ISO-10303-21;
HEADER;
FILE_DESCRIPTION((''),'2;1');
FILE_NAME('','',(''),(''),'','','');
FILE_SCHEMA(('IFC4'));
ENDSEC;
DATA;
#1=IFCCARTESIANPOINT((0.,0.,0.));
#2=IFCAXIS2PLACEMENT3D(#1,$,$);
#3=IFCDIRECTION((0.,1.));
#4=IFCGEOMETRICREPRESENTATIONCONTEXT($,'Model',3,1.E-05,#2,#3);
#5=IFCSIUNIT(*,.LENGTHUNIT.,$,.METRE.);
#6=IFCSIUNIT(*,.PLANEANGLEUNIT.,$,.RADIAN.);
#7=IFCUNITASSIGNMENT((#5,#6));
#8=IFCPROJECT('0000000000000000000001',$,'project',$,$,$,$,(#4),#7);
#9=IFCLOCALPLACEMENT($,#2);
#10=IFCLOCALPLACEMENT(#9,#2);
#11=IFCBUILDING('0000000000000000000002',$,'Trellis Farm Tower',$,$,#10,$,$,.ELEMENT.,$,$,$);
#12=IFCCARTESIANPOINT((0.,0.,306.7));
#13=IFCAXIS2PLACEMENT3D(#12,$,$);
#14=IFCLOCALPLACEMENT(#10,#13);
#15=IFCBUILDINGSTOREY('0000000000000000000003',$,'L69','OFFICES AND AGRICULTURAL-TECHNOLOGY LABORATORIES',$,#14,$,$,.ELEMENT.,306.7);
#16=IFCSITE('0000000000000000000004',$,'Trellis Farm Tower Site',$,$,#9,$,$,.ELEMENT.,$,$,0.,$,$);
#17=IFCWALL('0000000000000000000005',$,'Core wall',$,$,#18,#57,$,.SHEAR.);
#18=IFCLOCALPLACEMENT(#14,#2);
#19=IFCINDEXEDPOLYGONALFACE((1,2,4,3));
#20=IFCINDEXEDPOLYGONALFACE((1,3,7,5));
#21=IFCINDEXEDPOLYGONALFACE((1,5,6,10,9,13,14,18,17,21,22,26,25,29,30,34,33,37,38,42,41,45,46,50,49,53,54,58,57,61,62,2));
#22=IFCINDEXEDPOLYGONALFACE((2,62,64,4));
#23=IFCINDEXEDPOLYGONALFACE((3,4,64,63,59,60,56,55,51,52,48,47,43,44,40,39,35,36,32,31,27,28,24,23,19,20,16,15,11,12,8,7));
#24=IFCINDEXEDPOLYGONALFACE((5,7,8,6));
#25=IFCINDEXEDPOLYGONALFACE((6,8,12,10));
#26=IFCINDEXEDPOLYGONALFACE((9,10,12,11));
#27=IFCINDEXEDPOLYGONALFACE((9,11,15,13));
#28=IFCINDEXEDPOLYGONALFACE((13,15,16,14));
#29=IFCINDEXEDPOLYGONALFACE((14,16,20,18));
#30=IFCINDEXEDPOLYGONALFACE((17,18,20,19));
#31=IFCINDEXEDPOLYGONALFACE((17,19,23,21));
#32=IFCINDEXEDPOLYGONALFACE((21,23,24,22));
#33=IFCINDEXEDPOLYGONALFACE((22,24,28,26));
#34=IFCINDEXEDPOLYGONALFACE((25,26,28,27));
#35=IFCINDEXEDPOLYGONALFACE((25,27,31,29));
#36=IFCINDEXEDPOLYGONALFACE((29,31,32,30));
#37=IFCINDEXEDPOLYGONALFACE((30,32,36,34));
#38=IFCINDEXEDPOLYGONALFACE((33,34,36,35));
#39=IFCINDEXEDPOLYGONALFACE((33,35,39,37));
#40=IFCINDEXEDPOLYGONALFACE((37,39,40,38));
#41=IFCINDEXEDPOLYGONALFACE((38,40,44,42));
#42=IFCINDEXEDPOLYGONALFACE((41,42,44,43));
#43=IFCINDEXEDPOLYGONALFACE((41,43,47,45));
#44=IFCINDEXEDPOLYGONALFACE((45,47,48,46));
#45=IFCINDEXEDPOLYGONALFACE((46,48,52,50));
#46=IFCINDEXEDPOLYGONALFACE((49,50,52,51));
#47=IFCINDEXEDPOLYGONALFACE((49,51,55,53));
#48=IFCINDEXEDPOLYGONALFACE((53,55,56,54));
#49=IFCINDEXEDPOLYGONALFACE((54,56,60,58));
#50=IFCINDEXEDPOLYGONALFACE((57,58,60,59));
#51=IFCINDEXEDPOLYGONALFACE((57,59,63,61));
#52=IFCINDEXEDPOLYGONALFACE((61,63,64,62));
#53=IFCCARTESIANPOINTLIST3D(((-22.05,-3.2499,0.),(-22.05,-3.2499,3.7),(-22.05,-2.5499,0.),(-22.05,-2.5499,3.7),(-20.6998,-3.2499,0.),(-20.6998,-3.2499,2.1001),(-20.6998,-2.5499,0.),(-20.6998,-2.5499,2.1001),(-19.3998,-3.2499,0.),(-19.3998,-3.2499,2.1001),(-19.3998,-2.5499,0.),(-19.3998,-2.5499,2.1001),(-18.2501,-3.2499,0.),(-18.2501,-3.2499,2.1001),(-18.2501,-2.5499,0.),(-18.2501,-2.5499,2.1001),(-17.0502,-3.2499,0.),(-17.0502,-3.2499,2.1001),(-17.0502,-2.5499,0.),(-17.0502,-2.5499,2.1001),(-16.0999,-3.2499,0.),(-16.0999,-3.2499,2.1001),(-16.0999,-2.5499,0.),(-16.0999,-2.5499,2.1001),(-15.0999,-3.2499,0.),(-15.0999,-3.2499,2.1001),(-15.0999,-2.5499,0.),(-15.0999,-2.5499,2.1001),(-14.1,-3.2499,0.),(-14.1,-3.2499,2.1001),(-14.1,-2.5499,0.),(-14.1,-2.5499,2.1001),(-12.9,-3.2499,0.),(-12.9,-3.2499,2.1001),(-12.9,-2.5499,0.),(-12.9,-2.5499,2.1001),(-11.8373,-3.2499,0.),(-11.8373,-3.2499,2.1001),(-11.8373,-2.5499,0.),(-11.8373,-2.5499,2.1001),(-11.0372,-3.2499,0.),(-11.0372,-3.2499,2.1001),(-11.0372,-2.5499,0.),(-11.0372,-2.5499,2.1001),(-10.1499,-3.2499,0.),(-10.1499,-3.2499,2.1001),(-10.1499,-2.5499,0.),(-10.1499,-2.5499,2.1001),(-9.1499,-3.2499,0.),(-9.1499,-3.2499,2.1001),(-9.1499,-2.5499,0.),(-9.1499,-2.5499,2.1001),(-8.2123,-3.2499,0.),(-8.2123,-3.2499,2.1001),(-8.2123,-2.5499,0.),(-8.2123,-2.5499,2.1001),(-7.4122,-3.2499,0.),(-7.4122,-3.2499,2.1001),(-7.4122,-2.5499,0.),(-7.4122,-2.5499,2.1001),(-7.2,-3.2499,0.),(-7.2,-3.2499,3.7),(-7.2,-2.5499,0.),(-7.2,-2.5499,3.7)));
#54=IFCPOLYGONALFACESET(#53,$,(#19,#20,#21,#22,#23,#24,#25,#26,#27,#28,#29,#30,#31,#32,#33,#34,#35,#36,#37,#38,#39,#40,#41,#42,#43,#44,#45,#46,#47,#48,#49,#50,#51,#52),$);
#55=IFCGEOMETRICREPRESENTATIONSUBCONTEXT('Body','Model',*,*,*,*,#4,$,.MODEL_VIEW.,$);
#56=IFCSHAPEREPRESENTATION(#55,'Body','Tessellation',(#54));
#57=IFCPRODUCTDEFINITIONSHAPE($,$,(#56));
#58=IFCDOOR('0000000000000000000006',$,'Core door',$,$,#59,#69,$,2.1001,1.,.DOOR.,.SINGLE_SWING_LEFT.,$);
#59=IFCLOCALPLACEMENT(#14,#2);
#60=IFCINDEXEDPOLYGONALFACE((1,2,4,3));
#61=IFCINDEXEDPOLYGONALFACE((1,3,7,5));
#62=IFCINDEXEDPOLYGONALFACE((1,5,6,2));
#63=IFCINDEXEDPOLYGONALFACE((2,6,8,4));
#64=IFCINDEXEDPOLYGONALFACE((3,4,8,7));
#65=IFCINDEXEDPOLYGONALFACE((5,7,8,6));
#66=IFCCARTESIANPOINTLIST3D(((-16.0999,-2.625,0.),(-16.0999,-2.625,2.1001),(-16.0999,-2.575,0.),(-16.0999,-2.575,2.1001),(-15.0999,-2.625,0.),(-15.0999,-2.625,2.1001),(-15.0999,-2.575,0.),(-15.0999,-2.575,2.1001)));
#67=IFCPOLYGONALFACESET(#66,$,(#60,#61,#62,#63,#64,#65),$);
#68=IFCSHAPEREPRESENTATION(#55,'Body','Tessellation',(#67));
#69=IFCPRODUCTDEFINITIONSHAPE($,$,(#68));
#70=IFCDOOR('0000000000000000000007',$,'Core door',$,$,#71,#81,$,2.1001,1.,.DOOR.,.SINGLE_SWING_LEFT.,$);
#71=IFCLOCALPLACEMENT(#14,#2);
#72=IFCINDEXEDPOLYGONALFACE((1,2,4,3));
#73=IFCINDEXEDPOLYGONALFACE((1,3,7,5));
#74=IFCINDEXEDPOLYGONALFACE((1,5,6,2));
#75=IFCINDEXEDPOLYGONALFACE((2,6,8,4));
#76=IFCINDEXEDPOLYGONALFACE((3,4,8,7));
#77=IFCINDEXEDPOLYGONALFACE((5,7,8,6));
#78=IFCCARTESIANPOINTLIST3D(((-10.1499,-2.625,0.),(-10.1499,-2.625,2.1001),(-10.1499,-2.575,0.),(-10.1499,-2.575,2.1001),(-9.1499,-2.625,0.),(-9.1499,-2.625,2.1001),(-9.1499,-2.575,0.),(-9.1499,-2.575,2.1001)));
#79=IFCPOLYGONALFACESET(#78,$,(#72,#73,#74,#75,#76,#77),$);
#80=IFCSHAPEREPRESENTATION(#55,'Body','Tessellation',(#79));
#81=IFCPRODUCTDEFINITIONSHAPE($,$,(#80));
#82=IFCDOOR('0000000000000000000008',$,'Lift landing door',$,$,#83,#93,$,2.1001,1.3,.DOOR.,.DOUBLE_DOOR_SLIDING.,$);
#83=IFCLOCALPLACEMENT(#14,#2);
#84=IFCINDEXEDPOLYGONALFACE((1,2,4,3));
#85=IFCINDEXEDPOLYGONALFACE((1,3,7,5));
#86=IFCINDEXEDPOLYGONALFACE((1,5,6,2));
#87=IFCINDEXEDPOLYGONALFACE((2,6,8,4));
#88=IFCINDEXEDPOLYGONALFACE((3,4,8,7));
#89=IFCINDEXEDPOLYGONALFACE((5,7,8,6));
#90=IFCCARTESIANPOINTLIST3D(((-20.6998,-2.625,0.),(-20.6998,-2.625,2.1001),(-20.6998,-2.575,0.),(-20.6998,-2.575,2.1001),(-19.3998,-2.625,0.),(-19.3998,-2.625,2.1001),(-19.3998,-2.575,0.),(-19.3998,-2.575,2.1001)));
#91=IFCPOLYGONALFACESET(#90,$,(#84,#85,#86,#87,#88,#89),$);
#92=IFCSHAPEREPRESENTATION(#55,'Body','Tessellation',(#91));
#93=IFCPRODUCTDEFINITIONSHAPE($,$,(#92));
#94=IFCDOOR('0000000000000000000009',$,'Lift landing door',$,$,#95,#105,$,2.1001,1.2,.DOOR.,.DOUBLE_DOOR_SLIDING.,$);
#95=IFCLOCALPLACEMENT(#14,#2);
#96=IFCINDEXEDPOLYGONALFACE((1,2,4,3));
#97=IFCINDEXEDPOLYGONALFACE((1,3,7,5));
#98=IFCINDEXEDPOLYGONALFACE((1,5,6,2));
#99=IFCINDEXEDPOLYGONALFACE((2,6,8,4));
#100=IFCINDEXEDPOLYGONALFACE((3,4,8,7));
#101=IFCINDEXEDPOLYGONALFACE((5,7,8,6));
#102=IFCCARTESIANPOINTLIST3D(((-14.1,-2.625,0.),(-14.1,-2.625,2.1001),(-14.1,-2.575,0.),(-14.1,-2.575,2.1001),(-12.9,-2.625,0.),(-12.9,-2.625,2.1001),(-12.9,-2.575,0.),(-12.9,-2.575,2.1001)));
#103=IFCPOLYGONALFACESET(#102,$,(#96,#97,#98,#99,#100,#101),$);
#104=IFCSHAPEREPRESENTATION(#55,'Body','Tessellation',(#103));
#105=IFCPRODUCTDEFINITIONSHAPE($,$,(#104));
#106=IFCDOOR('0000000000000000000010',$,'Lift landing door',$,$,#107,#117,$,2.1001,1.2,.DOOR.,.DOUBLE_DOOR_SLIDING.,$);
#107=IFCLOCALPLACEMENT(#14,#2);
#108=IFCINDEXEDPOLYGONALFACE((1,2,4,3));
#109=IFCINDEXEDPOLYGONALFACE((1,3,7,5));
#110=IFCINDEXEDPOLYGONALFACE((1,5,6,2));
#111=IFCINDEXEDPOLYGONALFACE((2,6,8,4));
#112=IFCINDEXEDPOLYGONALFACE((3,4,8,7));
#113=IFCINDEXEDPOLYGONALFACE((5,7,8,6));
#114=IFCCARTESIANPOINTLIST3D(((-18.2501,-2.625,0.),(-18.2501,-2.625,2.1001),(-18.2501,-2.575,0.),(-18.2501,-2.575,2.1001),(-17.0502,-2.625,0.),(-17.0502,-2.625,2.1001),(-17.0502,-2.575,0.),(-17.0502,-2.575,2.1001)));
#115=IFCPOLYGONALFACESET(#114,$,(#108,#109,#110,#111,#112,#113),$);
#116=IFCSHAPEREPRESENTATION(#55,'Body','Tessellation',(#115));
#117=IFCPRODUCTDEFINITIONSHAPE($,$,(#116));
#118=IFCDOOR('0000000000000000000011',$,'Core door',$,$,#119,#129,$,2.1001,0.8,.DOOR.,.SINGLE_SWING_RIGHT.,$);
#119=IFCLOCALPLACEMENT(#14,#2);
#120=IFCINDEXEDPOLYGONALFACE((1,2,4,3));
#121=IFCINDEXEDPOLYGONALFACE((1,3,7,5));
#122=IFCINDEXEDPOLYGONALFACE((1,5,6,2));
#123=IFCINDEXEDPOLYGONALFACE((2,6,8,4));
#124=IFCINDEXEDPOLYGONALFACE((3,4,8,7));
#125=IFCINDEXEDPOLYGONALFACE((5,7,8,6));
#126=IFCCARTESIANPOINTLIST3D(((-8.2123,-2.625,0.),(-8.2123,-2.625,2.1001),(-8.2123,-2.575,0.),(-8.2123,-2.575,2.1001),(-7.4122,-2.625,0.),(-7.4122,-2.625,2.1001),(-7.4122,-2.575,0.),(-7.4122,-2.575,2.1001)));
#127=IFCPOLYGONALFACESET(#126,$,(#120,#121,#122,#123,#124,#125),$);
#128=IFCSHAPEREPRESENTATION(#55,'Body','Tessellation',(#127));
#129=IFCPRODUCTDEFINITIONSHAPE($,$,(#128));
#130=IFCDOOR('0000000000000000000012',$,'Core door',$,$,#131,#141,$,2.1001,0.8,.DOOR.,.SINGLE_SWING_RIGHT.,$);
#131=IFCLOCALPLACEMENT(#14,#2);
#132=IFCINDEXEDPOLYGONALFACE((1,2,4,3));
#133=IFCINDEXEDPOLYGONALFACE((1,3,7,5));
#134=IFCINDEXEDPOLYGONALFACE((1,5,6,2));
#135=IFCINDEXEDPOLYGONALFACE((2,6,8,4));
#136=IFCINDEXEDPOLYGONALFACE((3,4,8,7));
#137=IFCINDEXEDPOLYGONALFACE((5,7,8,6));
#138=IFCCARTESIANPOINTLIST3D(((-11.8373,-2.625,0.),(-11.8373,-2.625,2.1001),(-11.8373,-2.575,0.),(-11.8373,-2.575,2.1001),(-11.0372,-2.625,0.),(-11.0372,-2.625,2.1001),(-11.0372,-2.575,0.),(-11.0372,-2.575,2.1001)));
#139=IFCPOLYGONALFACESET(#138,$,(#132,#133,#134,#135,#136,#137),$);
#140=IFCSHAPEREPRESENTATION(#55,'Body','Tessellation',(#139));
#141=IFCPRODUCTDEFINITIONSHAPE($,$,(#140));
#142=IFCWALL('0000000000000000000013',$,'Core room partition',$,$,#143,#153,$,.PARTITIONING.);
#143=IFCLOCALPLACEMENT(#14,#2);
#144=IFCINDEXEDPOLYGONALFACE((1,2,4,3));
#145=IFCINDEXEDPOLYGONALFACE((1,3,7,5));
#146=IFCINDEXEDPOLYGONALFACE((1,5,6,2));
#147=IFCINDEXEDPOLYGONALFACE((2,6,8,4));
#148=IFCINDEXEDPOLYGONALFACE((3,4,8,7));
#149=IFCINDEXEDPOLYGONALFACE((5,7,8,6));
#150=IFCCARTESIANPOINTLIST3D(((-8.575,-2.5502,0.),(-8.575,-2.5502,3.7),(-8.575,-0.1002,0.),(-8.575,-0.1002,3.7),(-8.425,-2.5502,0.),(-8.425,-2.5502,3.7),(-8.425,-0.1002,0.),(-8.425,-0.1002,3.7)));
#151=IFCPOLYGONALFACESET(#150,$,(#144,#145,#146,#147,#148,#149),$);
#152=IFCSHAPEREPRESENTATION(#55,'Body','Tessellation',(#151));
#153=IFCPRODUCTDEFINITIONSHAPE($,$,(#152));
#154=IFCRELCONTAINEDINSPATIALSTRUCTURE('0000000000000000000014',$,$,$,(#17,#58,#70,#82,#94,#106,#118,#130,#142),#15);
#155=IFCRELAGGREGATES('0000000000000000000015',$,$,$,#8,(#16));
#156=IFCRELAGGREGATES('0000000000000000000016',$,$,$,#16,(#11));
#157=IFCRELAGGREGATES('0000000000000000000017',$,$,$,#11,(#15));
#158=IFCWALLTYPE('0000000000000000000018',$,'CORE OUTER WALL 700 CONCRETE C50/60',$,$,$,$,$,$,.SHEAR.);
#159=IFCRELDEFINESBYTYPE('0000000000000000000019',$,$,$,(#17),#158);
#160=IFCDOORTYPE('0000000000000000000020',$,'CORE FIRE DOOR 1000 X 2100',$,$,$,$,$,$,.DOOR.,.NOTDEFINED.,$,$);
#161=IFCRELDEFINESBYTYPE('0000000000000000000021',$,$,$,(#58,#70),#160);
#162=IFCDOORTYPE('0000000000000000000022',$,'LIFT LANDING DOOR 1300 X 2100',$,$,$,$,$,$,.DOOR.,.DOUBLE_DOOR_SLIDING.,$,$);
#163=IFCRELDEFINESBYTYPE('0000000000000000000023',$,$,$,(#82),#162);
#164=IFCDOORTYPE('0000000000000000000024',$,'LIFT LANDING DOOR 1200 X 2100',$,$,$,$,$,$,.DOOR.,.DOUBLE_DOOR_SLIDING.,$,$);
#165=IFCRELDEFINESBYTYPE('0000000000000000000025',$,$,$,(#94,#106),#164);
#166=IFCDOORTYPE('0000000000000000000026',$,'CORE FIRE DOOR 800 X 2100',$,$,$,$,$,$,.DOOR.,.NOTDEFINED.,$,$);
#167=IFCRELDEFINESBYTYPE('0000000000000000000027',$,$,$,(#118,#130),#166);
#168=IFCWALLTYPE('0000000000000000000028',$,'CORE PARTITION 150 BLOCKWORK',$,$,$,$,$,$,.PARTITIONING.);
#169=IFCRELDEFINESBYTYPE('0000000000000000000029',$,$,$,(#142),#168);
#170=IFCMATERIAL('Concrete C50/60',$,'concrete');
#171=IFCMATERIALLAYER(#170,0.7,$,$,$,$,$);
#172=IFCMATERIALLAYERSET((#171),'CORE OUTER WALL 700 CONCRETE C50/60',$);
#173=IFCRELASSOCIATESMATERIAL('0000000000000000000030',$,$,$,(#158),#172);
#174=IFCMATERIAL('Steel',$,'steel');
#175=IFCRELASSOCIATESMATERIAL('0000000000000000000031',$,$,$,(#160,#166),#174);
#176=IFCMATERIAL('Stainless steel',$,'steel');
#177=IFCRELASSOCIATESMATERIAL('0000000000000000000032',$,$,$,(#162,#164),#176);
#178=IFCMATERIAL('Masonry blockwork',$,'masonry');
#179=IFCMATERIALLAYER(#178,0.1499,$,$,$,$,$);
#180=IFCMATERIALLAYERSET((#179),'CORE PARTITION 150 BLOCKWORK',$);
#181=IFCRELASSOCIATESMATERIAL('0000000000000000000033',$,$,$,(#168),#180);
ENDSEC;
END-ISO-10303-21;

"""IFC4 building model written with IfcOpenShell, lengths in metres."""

from ifc_helpers import new_model, si_unit, direction, frame, frame_2d, origin, place, context, subcontext, project, spatial, rectangle, extrude, source, transform, mapped, material, layer, layer_set, type_object, element, fill, save


model = new_model("IFC4")

# Units and contexts
model_context = context("Model", 3, precision=1e-05, world=origin(), true_north=direction((0.0, 1.0)))
body_context = subcontext(model_context, "Body", "Model", "MODEL_VIEW")
ifc_project = project(units=[si_unit("LENGTHUNIT", "METRE"), si_unit("PLANEANGLEUNIT", "RADIAN")], contexts=[model_context])

# Site, building, storey
site_placement = place(None, origin())
site = spatial("IfcSite", under=ifc_project, at=site_placement, Name="Trellis Farm Tower Site", CompositionType="ELEMENT", RefElevation=0.0)
building_placement = place(site_placement, origin())
building = spatial("IfcBuilding", under=site, at=building_placement, Name="Trellis Farm Tower", CompositionType="ELEMENT")
storey_placement = place(building_placement, frame((0.0, 0.0, 306.7)))
storey = spatial("IfcBuildingStorey", under=building, at=storey_placement, Name="L69", Description="OFFICES AND AGRICULTURAL-TECHNOLOGY LABORATORIES", CompositionType="ELEMENT", Elevation=306.7)

# Wall, openings, doors
ifc_material_1 = material(Name="Concrete C50/60", Category="concrete")
ifc_layer_1 = layer(ifc_material_1, 0.7)
ifc_layer_set_1 = layer_set([ifc_layer_1], Name="CORE OUTER WALL 700 CONCRETE C50/60")
wall_type_1 = type_object("IfcWallType", Name="CORE OUTER WALL 700 CONCRETE C50/60", PredefinedType="SHEAR", material=ifc_layer_set_1)
shared_shape_1 = source(origin(), body_context, "Body", "SweptSolid", [
    extrude(rectangle(XDim=14.8501, YDim=0.7, at=frame_2d((7.425, 0.0))), origin(), (0.0, 0.0, 1.0), 3.7),
])
wall_1_placement = place(storey_placement, frame((-7.2, -2.8999, 0.0), z_axis=(0.0, 0.0, 1.0), x_axis=(-1.0, 0.0, 0.0)))
wall_1 = element("IfcWall", 1, at=wall_1_placement, inside=storey, type_object=wall_type_1, Name="Core wall", PredefinedType="SHEAR", context=body_context, shape_type="MappedRepresentation", body=[
    mapped(shared_shape_1, transform((0.0, 0.0, 0.0))),
])
shared_shape_2 = source(origin(), body_context, "Body", "SweptSolid", [
    extrude(rectangle(XDim=1.2, YDim=2.1001, at=frame_2d((0.6001, 1.05))), frame((0.0, 0.3601, 0.0), z_axis=(0.0, -1.0, 0.0), x_axis=(1.0, 0.0, 0.0)), (0.0, 0.0, 1.0), 0.7202),
])
opening_1_placement = place(wall_1_placement, frame((5.7, 0.0, 0.0)))
opening_1 = element("IfcOpeningElement", 2, at=opening_1_placement, cuts=wall_1, PredefinedType="OPENING", context=body_context, shape_type="MappedRepresentation", body=[
    mapped(shared_shape_2, transform((0.0, 0.0, 0.0))),
])
shared_shape_3 = source(origin(), body_context, "Body", "SweptSolid", [
    extrude(rectangle(XDim=1.3, YDim=2.1001, at=frame_2d((0.6499, 1.05))), frame((0.0, 0.3601, 0.0), z_axis=(0.0, -1.0, 0.0), x_axis=(1.0, 0.0, 0.0)), (0.0, 0.0, 1.0), 0.7202),
])
opening_2_placement = place(wall_1_placement, frame((12.2, 0.0, 0.0)))
opening_2 = element("IfcOpeningElement", 3, at=opening_2_placement, cuts=wall_1, PredefinedType="OPENING", context=body_context, shape_type="MappedRepresentation", body=[
    mapped(shared_shape_3, transform((0.0, 0.0, 0.0))),
])
opening_3_placement = place(wall_1_placement, frame((9.8501, 0.0, 0.0)))
opening_3 = element("IfcOpeningElement", 4, at=opening_3_placement, cuts=wall_1, PredefinedType="OPENING", context=body_context, shape_type="MappedRepresentation", body=[
    mapped(shared_shape_2, transform((0.0, 0.0, 0.0))),
])
shared_shape_4 = source(origin(), body_context, "Body", "SweptSolid", [
    extrude(rectangle(XDim=1.0, YDim=2.1001, at=frame_2d((0.5, 1.05))), frame((0.0, 0.3601, 0.0), z_axis=(0.0, -1.0, 0.0), x_axis=(1.0, 0.0, 0.0)), (0.0, 0.0, 1.0), 0.7202),
])
opening_4_placement = place(wall_1_placement, frame((7.8999, 0.0, 0.0)))
opening_4 = element("IfcOpeningElement", 5, at=opening_4_placement, cuts=wall_1, PredefinedType="OPENING", context=body_context, shape_type="MappedRepresentation", body=[
    mapped(shared_shape_4, transform((0.0, 0.0, 0.0))),
])
shared_shape_5 = source(origin(), body_context, "Body", "SweptSolid", [
    extrude(rectangle(XDim=0.8, YDim=2.1001, at=frame_2d((0.3999, 1.05))), frame((0.0, 0.3601, 0.0), z_axis=(0.0, -1.0, 0.0), x_axis=(1.0, 0.0, 0.0)), (0.0, 0.0, 1.0), 0.7202),
])
opening_5_placement = place(wall_1_placement, frame((0.2124, 0.0, 0.0)))
opening_5 = element("IfcOpeningElement", 6, at=opening_5_placement, cuts=wall_1, PredefinedType="OPENING", context=body_context, shape_type="MappedRepresentation", body=[
    mapped(shared_shape_5, transform((0.0, 0.0, 0.0))),
])
opening_6_placement = place(wall_1_placement, frame((1.95, 0.0, 0.0)))
opening_6 = element("IfcOpeningElement", 7, at=opening_6_placement, cuts=wall_1, PredefinedType="OPENING", context=body_context, shape_type="MappedRepresentation", body=[
    mapped(shared_shape_4, transform((0.0, 0.0, 0.0))),
])
opening_7_placement = place(wall_1_placement, frame((3.8374, 0.0, 0.0)))
opening_7 = element("IfcOpeningElement", 8, at=opening_7_placement, cuts=wall_1, PredefinedType="OPENING", context=body_context, shape_type="MappedRepresentation", body=[
    mapped(shared_shape_5, transform((0.0, 0.0, 0.0))),
])
ifc_material_2 = material(Name="Steel", Category="steel")
door_type_1 = type_object("IfcDoorType", Name="CORE FIRE DOOR 1000 X 2100", OperationType="NOTDEFINED", PredefinedType="DOOR", material=ifc_material_2)
shared_shape_6 = source(origin(), body_context, "Body", "SweptSolid", [
    extrude(rectangle(XDim=1.0, YDim=2.1001, at=frame_2d((0.5, 1.05))), frame((0.0, -0.2749, 0.0), z_axis=(0.0, -1.0, 0.0), x_axis=(1.0, 0.0, 0.0)), (0.0, 0.0, 1.0), 0.05),
])
door_1_placement = place(opening_4_placement, origin())
door_1 = element("IfcDoor", 9, at=door_1_placement, inside=storey, type_object=door_type_1, Name="Core door", OperationType="SINGLE_SWING_LEFT", OverallHeight=2.1001, OverallWidth=1.0, PredefinedType="DOOR", context=body_context, shape_type="MappedRepresentation", body=[
    mapped(shared_shape_6, transform((0.0, 0.0, 0.0))),
])
fill(opening_4, door_1)
door_2_placement = place(opening_6_placement, origin())
door_2 = element("IfcDoor", 10, at=door_2_placement, inside=storey, type_object=door_type_1, Name="Core door", OperationType="SINGLE_SWING_LEFT", OverallHeight=2.1001, OverallWidth=1.0, PredefinedType="DOOR", context=body_context, shape_type="MappedRepresentation", body=[
    mapped(shared_shape_6, transform((0.0, 0.0, 0.0))),
])
fill(opening_6, door_2)
ifc_material_3 = material(Name="Stainless steel", Category="steel")
door_type_2 = type_object("IfcDoorType", Name="LIFT LANDING DOOR 1300 X 2100", OperationType="DOUBLE_DOOR_SLIDING", PredefinedType="DOOR", material=ifc_material_3)
shared_shape_7 = source(origin(), body_context, "Body", "SweptSolid", [
    extrude(rectangle(XDim=1.3, YDim=2.1001, at=frame_2d((0.6499, 1.05))), frame((0.0, -0.2749, 0.0), z_axis=(0.0, -1.0, 0.0), x_axis=(1.0, 0.0, 0.0)), (0.0, 0.0, 1.0), 0.05),
])
door_3_placement = place(opening_2_placement, origin())
door_3 = element("IfcDoor", 11, at=door_3_placement, inside=storey, type_object=door_type_2, Name="Lift landing door", OperationType="DOUBLE_DOOR_SLIDING", OverallHeight=2.1001, OverallWidth=1.3, PredefinedType="DOOR", context=body_context, shape_type="MappedRepresentation", body=[
    mapped(shared_shape_7, transform((0.0, 0.0, 0.0))),
])
fill(opening_2, door_3)
door_type_3 = type_object("IfcDoorType", Name="LIFT LANDING DOOR 1200 X 2100", OperationType="DOUBLE_DOOR_SLIDING", PredefinedType="DOOR", material=ifc_material_3)
shared_shape_8 = source(origin(), body_context, "Body", "SweptSolid", [
    extrude(rectangle(XDim=1.2, YDim=2.1001, at=frame_2d((0.6001, 1.05))), frame((0.0, -0.2749, 0.0), z_axis=(0.0, -1.0, 0.0), x_axis=(1.0, 0.0, 0.0)), (0.0, 0.0, 1.0), 0.05),
])
door_4_placement = place(opening_1_placement, origin())
door_4 = element("IfcDoor", 12, at=door_4_placement, inside=storey, type_object=door_type_3, Name="Lift landing door", OperationType="DOUBLE_DOOR_SLIDING", OverallHeight=2.1001, OverallWidth=1.2, PredefinedType="DOOR", context=body_context, shape_type="MappedRepresentation", body=[
    mapped(shared_shape_8, transform((0.0, 0.0, 0.0))),
])
fill(opening_1, door_4)
door_5_placement = place(opening_3_placement, origin())
door_5 = element("IfcDoor", 13, at=door_5_placement, inside=storey, type_object=door_type_3, Name="Lift landing door", OperationType="DOUBLE_DOOR_SLIDING", OverallHeight=2.1001, OverallWidth=1.2, PredefinedType="DOOR", context=body_context, shape_type="MappedRepresentation", body=[
    mapped(shared_shape_8, transform((0.0, 0.0, 0.0))),
])
fill(opening_3, door_5)
door_type_4 = type_object("IfcDoorType", Name="CORE FIRE DOOR 800 X 2100", OperationType="NOTDEFINED", PredefinedType="DOOR", material=ifc_material_2)
shared_shape_9 = source(origin(), body_context, "Body", "SweptSolid", [
    extrude(rectangle(XDim=0.8, YDim=2.1001, at=frame_2d((0.3999, 1.05))), frame((0.0, -0.2749, 0.0), z_axis=(0.0, -1.0, 0.0), x_axis=(1.0, 0.0, 0.0)), (0.0, 0.0, 1.0), 0.05),
])
door_6_placement = place(opening_5_placement, origin())
door_6 = element("IfcDoor", 14, at=door_6_placement, inside=storey, type_object=door_type_4, Name="Core door", OperationType="SINGLE_SWING_RIGHT", OverallHeight=2.1001, OverallWidth=0.8, PredefinedType="DOOR", context=body_context, shape_type="MappedRepresentation", body=[
    mapped(shared_shape_9, transform((0.0, 0.0, 0.0))),
])
fill(opening_5, door_6)
door_7_placement = place(opening_7_placement, origin())
door_7 = element("IfcDoor", 15, at=door_7_placement, inside=storey, type_object=door_type_4, Name="Core door", OperationType="SINGLE_SWING_RIGHT", OverallHeight=2.1001, OverallWidth=0.8, PredefinedType="DOOR", context=body_context, shape_type="MappedRepresentation", body=[
    mapped(shared_shape_9, transform((0.0, 0.0, 0.0))),
])
fill(opening_7, door_7)

# Wall
ifc_material_4 = material(Name="Masonry blockwork", Category="masonry")
ifc_layer_2 = layer(ifc_material_4, 0.1499)
ifc_layer_set_2 = layer_set([ifc_layer_2], Name="CORE PARTITION 150 BLOCKWORK")
wall_type_2 = type_object("IfcWallType", Name="CORE PARTITION 150 BLOCKWORK", PredefinedType="PARTITIONING", material=ifc_layer_set_2)
shared_shape_10 = source(origin(), body_context, "Body", "SweptSolid", [
    extrude(rectangle(XDim=2.45, YDim=0.1499, at=frame_2d((1.2251, 0.0))), origin(), (0.0, 0.0, 1.0), 3.7),
])
for number, where, z_axis, x_axis, name in (
    (16, (-8.5, -0.1001, 0.0), (0.0, 0.0, 1.0), (0.0, -1.0, 0.0), "Core room partition"),
):
    element("IfcWall", number, at=place(storey_placement, frame(where, z_axis=z_axis, x_axis=x_axis)), inside=storey, type_object=wall_type_2, Name=name, PredefinedType="PARTITIONING", context=body_context, shape_type="MappedRepresentation", body=[
        mapped(shared_shape_10, transform((0.0, 0.0, 0.0))),
    ])

save(model, "model.ifc")
